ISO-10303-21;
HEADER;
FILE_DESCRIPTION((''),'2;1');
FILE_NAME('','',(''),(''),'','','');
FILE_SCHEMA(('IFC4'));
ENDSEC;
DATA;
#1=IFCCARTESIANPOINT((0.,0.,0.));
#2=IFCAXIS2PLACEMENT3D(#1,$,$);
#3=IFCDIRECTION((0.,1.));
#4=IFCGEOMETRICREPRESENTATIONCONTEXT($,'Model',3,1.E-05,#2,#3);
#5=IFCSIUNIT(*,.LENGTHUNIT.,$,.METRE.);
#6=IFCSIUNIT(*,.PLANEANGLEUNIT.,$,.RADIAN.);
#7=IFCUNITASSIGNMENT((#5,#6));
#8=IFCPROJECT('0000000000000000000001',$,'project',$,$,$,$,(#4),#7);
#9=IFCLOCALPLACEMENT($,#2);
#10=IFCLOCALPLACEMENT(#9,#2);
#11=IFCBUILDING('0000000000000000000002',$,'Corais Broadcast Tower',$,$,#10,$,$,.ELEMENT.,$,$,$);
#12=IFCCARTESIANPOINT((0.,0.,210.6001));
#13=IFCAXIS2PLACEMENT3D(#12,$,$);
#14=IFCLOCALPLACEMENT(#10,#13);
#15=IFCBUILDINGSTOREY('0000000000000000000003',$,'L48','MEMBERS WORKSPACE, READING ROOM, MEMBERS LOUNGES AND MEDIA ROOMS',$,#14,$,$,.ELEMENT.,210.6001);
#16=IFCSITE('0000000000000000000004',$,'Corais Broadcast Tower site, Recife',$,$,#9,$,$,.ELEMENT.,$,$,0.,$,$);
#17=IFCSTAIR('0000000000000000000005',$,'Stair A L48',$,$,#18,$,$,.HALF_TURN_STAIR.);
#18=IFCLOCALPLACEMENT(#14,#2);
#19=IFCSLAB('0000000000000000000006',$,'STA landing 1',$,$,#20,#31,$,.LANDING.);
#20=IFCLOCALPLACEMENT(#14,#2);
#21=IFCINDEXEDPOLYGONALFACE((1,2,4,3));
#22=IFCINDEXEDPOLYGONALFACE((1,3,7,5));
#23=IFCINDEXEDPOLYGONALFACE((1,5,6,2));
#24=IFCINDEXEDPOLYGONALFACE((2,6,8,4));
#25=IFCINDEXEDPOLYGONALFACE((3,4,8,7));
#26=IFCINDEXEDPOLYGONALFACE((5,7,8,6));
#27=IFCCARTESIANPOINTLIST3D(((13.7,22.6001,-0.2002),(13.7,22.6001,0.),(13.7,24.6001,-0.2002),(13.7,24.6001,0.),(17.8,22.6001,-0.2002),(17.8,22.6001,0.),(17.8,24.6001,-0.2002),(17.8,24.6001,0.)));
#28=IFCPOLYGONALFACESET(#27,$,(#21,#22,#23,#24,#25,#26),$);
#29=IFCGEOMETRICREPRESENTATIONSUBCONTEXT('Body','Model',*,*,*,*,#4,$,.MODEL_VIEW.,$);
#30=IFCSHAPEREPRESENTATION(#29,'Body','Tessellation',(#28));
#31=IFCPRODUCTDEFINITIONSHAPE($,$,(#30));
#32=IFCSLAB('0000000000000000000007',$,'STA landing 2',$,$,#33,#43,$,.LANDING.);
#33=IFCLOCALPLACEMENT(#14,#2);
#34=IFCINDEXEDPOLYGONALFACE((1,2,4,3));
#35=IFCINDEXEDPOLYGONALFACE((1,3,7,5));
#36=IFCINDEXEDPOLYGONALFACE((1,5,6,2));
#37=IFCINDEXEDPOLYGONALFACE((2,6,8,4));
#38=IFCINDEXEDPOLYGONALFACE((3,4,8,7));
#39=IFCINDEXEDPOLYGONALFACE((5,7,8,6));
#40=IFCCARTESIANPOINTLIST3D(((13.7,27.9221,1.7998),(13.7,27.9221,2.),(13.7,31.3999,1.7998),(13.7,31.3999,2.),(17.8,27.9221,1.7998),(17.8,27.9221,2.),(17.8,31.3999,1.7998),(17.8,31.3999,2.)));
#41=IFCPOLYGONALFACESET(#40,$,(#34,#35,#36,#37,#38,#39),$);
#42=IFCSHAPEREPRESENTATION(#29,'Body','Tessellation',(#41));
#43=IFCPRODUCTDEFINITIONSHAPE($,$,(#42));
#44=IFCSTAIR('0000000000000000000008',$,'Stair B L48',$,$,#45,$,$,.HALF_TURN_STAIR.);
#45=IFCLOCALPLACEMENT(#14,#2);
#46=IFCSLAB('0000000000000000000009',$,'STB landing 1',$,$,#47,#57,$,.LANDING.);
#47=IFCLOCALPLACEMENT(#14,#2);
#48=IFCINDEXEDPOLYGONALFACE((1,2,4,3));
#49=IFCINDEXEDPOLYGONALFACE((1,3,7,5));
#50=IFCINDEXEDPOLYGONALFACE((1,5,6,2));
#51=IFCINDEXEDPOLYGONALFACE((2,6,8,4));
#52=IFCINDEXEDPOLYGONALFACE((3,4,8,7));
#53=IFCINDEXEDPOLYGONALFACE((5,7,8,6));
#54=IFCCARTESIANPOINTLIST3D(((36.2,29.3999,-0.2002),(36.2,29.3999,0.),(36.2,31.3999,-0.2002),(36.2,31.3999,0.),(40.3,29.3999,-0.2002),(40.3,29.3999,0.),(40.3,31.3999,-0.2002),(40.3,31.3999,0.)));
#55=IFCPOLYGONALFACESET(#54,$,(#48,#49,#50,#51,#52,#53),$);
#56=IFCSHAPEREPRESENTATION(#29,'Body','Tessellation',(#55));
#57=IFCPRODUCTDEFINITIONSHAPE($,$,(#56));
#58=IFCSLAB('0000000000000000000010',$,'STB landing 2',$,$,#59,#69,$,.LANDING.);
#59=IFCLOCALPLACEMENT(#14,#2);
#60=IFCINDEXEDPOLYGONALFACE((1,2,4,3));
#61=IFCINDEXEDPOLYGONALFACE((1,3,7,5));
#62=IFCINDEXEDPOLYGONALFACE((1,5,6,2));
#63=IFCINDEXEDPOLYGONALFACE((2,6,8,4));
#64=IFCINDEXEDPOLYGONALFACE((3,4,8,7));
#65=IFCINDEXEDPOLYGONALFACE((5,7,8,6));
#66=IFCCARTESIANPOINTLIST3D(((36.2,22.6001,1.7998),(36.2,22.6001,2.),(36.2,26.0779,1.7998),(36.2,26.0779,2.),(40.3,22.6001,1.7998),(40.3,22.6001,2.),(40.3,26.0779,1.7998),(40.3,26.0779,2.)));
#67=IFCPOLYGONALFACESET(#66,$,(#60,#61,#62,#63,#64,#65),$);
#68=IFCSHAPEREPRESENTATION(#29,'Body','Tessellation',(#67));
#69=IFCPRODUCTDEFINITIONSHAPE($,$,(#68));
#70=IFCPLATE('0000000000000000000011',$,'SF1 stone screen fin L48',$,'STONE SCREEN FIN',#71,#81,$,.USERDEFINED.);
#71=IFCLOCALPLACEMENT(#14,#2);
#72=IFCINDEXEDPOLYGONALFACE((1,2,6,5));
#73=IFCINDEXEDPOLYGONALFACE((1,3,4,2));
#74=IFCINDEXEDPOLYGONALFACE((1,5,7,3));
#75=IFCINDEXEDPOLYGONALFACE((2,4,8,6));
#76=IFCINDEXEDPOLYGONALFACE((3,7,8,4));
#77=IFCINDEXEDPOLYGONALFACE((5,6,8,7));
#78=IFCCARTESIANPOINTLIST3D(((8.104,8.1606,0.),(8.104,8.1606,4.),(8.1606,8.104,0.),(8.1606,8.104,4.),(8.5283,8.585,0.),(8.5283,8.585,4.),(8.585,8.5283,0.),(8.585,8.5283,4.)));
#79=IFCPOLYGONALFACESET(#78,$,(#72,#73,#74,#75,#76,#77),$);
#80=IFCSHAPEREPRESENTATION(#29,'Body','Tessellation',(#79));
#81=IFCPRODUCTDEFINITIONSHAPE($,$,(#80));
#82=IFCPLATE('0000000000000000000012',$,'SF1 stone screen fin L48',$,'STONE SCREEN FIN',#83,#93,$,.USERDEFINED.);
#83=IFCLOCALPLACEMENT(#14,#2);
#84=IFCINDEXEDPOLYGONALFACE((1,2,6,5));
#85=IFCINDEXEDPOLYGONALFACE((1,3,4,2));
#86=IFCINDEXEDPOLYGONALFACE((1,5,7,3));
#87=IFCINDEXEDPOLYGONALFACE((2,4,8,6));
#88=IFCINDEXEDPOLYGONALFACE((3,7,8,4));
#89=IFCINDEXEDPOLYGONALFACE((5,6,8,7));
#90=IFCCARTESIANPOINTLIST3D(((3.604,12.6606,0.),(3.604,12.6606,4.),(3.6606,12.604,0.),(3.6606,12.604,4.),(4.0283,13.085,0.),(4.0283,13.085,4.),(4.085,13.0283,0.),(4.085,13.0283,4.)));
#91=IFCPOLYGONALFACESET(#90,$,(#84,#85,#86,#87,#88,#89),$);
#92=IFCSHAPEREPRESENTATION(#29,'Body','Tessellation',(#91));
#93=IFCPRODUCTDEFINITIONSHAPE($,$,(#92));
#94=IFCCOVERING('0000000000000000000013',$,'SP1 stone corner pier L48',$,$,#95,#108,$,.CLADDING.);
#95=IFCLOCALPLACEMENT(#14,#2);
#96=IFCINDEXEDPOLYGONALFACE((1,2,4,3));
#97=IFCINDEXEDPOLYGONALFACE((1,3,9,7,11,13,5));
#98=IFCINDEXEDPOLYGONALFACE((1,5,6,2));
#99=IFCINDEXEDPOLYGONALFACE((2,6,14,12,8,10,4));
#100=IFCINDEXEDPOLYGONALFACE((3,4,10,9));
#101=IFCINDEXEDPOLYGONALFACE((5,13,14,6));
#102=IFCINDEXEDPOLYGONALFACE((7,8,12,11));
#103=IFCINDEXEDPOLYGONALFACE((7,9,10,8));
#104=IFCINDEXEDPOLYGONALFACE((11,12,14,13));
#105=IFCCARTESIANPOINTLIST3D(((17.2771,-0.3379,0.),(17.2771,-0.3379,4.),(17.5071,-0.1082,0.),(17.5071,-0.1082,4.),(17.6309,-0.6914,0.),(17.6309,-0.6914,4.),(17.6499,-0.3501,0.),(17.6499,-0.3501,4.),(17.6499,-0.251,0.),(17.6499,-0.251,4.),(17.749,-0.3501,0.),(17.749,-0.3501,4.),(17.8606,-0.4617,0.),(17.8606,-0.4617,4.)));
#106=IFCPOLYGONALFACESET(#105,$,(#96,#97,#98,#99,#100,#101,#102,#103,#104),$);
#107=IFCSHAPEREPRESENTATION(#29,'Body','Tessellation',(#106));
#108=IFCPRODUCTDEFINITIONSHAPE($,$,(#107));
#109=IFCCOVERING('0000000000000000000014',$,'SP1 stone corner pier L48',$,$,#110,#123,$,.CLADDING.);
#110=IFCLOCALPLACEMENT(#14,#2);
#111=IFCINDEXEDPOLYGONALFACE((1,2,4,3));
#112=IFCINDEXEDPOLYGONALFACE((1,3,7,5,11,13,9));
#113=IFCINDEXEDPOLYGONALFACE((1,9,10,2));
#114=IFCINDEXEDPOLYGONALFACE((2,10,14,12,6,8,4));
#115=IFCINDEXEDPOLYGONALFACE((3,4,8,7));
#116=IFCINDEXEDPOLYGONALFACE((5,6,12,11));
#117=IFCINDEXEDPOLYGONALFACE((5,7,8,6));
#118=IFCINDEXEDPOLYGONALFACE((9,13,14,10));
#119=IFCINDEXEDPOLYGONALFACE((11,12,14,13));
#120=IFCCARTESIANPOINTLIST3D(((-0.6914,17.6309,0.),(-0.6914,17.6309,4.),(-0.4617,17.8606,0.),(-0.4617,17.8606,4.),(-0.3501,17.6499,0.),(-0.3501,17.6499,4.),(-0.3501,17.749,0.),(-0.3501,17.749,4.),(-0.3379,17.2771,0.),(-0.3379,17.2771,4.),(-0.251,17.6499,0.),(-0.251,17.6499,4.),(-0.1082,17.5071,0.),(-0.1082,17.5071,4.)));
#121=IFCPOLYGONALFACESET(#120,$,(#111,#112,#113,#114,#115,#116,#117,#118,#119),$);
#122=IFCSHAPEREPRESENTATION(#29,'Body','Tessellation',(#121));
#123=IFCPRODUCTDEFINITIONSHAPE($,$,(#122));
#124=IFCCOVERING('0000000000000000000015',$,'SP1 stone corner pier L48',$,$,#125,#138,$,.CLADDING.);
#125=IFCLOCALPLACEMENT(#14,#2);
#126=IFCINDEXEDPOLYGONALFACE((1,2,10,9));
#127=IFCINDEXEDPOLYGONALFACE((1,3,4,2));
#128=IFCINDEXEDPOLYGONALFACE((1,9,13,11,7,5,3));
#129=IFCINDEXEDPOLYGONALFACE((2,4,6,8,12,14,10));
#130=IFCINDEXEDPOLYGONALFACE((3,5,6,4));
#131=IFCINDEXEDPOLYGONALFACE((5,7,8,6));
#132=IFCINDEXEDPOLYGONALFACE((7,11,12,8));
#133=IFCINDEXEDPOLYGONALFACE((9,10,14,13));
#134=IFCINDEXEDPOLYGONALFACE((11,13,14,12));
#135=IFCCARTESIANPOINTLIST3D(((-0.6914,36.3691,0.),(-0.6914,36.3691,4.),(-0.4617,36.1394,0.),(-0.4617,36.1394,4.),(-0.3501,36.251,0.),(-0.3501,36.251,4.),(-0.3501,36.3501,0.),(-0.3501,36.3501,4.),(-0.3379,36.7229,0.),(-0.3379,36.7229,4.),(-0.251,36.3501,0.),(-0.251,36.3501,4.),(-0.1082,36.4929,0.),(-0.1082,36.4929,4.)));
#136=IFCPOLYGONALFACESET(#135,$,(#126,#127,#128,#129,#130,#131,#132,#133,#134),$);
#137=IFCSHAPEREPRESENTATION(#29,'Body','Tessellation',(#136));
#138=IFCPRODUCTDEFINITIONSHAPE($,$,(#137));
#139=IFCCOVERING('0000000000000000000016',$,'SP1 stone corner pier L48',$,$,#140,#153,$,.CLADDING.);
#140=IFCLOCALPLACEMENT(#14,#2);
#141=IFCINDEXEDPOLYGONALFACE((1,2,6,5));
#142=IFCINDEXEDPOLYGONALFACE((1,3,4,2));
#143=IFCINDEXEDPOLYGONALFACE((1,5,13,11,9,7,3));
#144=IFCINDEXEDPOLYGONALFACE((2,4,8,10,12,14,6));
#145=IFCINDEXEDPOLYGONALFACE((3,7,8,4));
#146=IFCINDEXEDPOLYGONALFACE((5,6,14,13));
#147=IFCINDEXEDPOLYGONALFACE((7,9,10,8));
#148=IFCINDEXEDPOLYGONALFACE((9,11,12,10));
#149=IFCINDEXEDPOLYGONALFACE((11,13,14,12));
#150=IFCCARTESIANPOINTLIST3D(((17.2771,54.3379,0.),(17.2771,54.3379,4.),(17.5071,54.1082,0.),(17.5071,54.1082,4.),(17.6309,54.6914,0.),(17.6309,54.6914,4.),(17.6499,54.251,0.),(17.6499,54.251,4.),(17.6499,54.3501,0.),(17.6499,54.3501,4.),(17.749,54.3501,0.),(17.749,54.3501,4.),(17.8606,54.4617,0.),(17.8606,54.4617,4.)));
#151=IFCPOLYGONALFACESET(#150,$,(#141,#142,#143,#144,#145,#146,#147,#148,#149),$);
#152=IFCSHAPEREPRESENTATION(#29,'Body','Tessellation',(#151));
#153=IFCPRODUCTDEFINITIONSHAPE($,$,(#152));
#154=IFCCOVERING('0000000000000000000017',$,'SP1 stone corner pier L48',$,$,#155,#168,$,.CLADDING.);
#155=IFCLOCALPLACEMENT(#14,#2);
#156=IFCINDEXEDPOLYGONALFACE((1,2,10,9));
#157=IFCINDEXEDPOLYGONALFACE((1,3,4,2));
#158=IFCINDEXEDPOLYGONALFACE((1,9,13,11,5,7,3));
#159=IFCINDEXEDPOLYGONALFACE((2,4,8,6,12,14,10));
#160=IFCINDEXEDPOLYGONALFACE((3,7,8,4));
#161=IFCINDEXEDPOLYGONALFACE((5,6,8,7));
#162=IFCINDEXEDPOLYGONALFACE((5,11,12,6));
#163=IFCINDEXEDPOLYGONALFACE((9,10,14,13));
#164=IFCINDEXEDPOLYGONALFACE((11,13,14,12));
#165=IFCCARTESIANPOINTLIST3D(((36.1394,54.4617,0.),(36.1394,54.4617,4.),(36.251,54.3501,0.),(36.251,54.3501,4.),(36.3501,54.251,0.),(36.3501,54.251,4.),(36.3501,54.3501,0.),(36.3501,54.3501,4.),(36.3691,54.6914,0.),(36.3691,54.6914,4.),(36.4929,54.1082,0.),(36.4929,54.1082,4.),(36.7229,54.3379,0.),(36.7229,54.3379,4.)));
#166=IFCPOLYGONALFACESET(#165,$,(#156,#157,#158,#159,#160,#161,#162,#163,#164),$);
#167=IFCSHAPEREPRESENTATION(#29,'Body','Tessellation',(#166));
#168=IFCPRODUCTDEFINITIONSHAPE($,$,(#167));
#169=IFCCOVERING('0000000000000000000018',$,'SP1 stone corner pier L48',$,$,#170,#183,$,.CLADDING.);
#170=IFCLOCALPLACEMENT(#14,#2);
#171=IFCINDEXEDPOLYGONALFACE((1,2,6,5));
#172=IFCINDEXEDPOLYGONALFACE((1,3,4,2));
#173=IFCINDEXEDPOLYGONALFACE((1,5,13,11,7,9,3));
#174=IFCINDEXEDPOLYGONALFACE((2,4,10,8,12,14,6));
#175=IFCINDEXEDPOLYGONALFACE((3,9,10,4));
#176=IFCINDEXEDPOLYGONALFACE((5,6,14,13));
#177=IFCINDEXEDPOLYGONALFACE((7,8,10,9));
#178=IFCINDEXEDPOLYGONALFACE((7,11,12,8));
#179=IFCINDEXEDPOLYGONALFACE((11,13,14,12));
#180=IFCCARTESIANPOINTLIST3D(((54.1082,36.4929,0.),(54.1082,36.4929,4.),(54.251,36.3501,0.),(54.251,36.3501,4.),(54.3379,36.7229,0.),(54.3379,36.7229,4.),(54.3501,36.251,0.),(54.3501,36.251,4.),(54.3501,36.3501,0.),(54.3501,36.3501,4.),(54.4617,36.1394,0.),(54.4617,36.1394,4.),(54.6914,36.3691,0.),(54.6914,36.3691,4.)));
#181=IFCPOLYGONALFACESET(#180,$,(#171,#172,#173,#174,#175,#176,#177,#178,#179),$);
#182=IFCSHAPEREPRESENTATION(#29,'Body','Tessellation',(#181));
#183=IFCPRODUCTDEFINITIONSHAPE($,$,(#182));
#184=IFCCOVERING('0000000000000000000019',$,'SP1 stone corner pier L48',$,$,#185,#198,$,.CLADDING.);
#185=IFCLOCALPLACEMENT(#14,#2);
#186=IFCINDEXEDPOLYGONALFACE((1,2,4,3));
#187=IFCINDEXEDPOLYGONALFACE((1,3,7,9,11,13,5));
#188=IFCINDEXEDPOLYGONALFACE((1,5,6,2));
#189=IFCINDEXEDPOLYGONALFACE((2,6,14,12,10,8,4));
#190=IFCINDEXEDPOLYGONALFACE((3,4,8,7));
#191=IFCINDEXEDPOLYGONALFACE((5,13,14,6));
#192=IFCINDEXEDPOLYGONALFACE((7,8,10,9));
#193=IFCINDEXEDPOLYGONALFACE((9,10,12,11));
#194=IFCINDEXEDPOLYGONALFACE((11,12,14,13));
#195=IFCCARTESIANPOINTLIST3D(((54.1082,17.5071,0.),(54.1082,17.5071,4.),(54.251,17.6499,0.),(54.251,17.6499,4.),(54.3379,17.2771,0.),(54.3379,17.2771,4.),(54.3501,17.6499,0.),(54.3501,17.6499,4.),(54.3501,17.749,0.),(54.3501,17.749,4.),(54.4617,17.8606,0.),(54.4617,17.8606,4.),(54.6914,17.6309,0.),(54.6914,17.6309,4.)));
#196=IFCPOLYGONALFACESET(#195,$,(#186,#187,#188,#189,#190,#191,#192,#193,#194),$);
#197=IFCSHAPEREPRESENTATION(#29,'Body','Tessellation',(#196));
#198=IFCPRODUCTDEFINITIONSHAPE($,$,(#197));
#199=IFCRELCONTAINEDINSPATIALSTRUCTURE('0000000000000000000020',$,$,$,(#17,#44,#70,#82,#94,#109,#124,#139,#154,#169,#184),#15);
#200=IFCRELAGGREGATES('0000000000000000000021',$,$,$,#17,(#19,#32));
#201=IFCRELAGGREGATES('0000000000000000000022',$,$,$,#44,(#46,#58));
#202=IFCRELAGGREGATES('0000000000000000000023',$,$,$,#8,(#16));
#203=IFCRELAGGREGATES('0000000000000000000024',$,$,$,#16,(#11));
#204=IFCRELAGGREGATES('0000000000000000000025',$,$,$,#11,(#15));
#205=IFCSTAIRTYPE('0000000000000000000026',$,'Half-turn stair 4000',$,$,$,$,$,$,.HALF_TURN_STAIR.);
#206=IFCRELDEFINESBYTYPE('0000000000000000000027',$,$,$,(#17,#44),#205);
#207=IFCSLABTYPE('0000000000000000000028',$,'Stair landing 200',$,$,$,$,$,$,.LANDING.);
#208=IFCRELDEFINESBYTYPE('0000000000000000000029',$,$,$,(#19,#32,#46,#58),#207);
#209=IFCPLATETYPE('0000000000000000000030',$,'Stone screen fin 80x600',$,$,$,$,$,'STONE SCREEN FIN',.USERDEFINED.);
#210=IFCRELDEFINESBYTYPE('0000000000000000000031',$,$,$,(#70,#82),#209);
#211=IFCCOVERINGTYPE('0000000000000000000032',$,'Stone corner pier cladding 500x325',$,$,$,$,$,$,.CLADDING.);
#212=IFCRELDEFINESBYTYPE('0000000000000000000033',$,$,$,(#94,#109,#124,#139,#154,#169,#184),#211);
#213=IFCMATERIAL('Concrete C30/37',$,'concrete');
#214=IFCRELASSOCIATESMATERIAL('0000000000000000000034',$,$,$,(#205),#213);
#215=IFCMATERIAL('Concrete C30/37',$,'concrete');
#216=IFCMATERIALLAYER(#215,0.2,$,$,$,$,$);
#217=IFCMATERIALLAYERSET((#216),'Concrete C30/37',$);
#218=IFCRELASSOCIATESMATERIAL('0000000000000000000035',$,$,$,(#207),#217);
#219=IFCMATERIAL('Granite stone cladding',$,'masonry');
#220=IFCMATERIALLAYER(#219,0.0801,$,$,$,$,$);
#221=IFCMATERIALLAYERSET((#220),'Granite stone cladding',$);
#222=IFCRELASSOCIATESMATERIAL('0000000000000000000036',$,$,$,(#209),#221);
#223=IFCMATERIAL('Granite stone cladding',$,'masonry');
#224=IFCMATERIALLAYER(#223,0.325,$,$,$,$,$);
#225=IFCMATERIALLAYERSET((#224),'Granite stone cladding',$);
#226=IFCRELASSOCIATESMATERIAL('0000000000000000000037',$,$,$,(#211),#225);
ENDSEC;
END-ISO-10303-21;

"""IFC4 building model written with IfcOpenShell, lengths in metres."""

from ifc_helpers import new_model, si_unit, direction, frame, origin, origin_2d, place, context, subcontext, project, spatial, polyline, rectangle, outline, extrude, material, layer, layer_set, type_object, element, aggregate, save


model = new_model("IFC4")

# Units and contexts
model_context = context("Model", 3, precision=1e-05, world=origin(), true_north=direction((0.0, 1.0)))
body_context = subcontext(model_context, "Body", "Model", "MODEL_VIEW")
ifc_project = project(units=[si_unit("LENGTHUNIT", "METRE"), si_unit("PLANEANGLEUNIT", "RADIAN")], contexts=[model_context])

# Site, building, storey
site_placement = place(None, origin())
site = spatial("IfcSite", under=ifc_project, at=site_placement, Name="Corais Broadcast Tower site, Recife", CompositionType="ELEMENT", RefElevation=0.0)
building_placement = place(site_placement, origin())
building = spatial("IfcBuilding", under=site, at=building_placement, Name="Corais Broadcast Tower", CompositionType="ELEMENT")
storey_placement = place(building_placement, frame((0.0, 0.0, 210.6001)))
storey = spatial("IfcBuildingStorey", under=building, at=storey_placement, Name="L48", Description="MEMBERS WORKSPACE, READING ROOM, MEMBERS LOUNGES AND MEDIA ROOMS", CompositionType="ELEMENT", Elevation=210.6001)

# Stairs, slabs
ifc_material_1 = material(Name="Concrete C30/37", Category="concrete")
stair_type = type_object("IfcStairType", Name="Half-turn stair 4000", PredefinedType="HALF_TURN_STAIR", material=ifc_material_1)
stair_1_placement = place(storey_placement, origin())
stair_1 = element("IfcStair", 1, at=stair_1_placement, inside=storey, type_object=stair_type, Name="Stair A L48", PredefinedType="HALF_TURN_STAIR")
ifc_material_2 = material(Name="Concrete C30/37", Category="concrete")
ifc_layer_1 = layer(ifc_material_2, 0.2)
ifc_layer_set_1 = layer_set([ifc_layer_1], Name="Concrete C30/37")
slab_type_1 = type_object("IfcSlabType", Name="Stair landing 200", PredefinedType="LANDING", material=ifc_layer_set_1)
slab_1_placement = place(storey_placement, frame((0.0, 0.0, -0.2002)))
slab_1 = element("IfcSlab", 2, at=slab_1_placement, type_object=slab_type_1, Name="STA landing 1", PredefinedType="LANDING", context=body_context, shape_type="SweptSolid", body=[
    extrude(outline(polyline([(13.7, 22.6001), (17.8, 22.6001), (17.8, 24.6001), (13.7, 24.6001), (13.7, 22.6001)])), origin(), (0.0, 0.0, 1.0), 0.2002),
])
slab_2_placement = place(storey_placement, frame((0.0, 0.0, 1.7998)))
slab_2 = element("IfcSlab", 3, at=slab_2_placement, type_object=slab_type_1, Name="STA landing 2", PredefinedType="LANDING", context=body_context, shape_type="SweptSolid", body=[
    extrude(outline(polyline([(13.7, 27.9221), (17.8, 27.9221), (17.8, 31.3999), (13.7, 31.3999), (13.7, 27.9221)])), origin(), (0.0, 0.0, 1.0), 0.2002),
])
aggregate(stair_1, [slab_1, slab_2])
stair_2_placement = place(storey_placement, origin())
stair_2 = element("IfcStair", 4, at=stair_2_placement, inside=storey, type_object=stair_type, Name="Stair B L48", PredefinedType="HALF_TURN_STAIR")
slab_3_placement = place(storey_placement, frame((0.0, 0.0, -0.2002)))
slab_3 = element("IfcSlab", 5, at=slab_3_placement, type_object=slab_type_1, Name="STB landing 1", PredefinedType="LANDING", context=body_context, shape_type="SweptSolid", body=[
    extrude(outline(polyline([(36.2, 29.3999), (40.3, 29.3999), (40.3, 31.3999), (36.2, 31.3999), (36.2, 29.3999)])), origin(), (0.0, 0.0, 1.0), 0.2002),
])
slab_4_placement = place(storey_placement, frame((0.0, 0.0, 1.7998)))
slab_4 = element("IfcSlab", 6, at=slab_4_placement, type_object=slab_type_1, Name="STB landing 2", PredefinedType="LANDING", context=body_context, shape_type="SweptSolid", body=[
    extrude(outline(polyline([(36.2, 22.6001), (40.3, 22.6001), (40.3, 26.0779), (36.2, 26.0779), (36.2, 22.6001)])), origin(), (0.0, 0.0, 1.0), 0.2002),
])
aggregate(stair_2, [slab_3, slab_4])

# Plates
ifc_material_3 = material(Name="Granite stone cladding", Category="masonry")
ifc_layer_2 = layer(ifc_material_3, 0.0801)
ifc_layer_set_2 = layer_set([ifc_layer_2], Name="Granite stone cladding")
plate_type_1 = type_object("IfcPlateType", Name="Stone screen fin 80x600", ElementType="STONE SCREEN FIN", PredefinedType="USERDEFINED", material=ifc_layer_set_2)
for number, where, z_axis, x_axis, name in (
    (7, (8.3445, 8.3445, 0.0), (0.0, 0.0, 1.0), (-0.707107, 0.707107, 0.0), "SF1 stone screen fin L48"),
    (8, (3.8445, 12.8445, 0.0), (0.0, 0.0, 1.0), (-0.707107, 0.707107, 0.0), "SF1 stone screen fin L48"),
):
    element("IfcPlate", number, at=place(storey_placement, frame(where, z_axis=z_axis, x_axis=x_axis)), inside=storey, type_object=plate_type_1, Name=name, ObjectType="STONE SCREEN FIN", PredefinedType="USERDEFINED", context=body_context, shape_type="SweptSolid", body=[
        extrude(rectangle(XDim=0.0801, YDim=0.6001, at=origin_2d()), origin(), (0.0, 0.0, 1.0), 4.0),
    ])

# Coverings
ifc_material_4 = material(Name="Granite stone cladding", Category="masonry")
ifc_layer_3 = layer(ifc_material_4, 0.325)
ifc_layer_set_3 = layer_set([ifc_layer_3], Name="Granite stone cladding")
covering_type_1 = type_object("IfcCoveringType", Name="Stone corner pier cladding 500x325", PredefinedType="CLADDING", material=ifc_layer_set_3)
covering_1_placement = place(storey_placement, origin())
element("IfcCovering", 9, at=covering_1_placement, inside=storey, type_object=covering_type_1, Name="SP1 stone corner pier L48", PredefinedType="CLADDING", context=body_context, shape_type="SweptSolid", body=[
    extrude(outline(polyline([(17.8606, -0.4617), (17.749, -0.3501), (17.6499, -0.3501), (17.6499, -0.251), (17.5071, -0.1082), (17.2771, -0.3379), (17.6309, -0.6914), (17.8606, -0.4617)])), origin(), (0.0, 0.0, 1.0), 4.0),
])
covering_2_placement = place(storey_placement, origin())
element("IfcCovering", 10, at=covering_2_placement, inside=storey, type_object=covering_type_1, Name="SP1 stone corner pier L48", PredefinedType="CLADDING", context=body_context, shape_type="SweptSolid", body=[
    extrude(outline(polyline([(-0.3501, 17.749), (-0.4617, 17.8606), (-0.6914, 17.6309), (-0.3379, 17.2771), (-0.1082, 17.5071), (-0.251, 17.6499), (-0.3501, 17.6499), (-0.3501, 17.749)])), origin(), (0.0, 0.0, 1.0), 4.0),
])
covering_3_placement = place(storey_placement, origin())
element("IfcCovering", 11, at=covering_3_placement, inside=storey, type_object=covering_type_1, Name="SP1 stone corner pier L48", PredefinedType="CLADDING", context=body_context, shape_type="SweptSolid", body=[
    extrude(outline(polyline([(-0.4617, 36.1394), (-0.3501, 36.251), (-0.3501, 36.3501), (-0.251, 36.3501), (-0.1082, 36.4929), (-0.3379, 36.7229), (-0.6914, 36.3691), (-0.4617, 36.1394)])), origin(), (0.0, 0.0, 1.0), 4.0),
])
covering_4_placement = place(storey_placement, origin())
element("IfcCovering", 12, at=covering_4_placement, inside=storey, type_object=covering_type_1, Name="SP1 stone corner pier L48", PredefinedType="CLADDING", context=body_context, shape_type="SweptSolid", body=[
    extrude(outline(polyline([(17.749, 54.3501), (17.8606, 54.4617), (17.6309, 54.6914), (17.2771, 54.3379), (17.5071, 54.1082), (17.6499, 54.251), (17.6499, 54.3501), (17.749, 54.3501)])), origin(), (0.0, 0.0, 1.0), 4.0),
])
covering_5_placement = place(storey_placement, origin())
element("IfcCovering", 13, at=covering_5_placement, inside=storey, type_object=covering_type_1, Name="SP1 stone corner pier L48", PredefinedType="CLADDING", context=body_context, shape_type="SweptSolid", body=[
    extrude(outline(polyline([(36.1394, 54.4617), (36.251, 54.3501), (36.3501, 54.3501), (36.3501, 54.251), (36.4929, 54.1082), (36.7229, 54.3379), (36.3691, 54.6914), (36.1394, 54.4617)])), origin(), (0.0, 0.0, 1.0), 4.0),
])
covering_6_placement = place(storey_placement, origin())
element("IfcCovering", 14, at=covering_6_placement, inside=storey, type_object=covering_type_1, Name="SP1 stone corner pier L48", PredefinedType="CLADDING", context=body_context, shape_type="SweptSolid", body=[
    extrude(outline(polyline([(54.3501, 36.251), (54.4617, 36.1394), (54.6914, 36.3691), (54.3379, 36.7229), (54.1082, 36.4929), (54.251, 36.3501), (54.3501, 36.3501), (54.3501, 36.251)])), origin(), (0.0, 0.0, 1.0), 4.0),
])
covering_7_placement = place(storey_placement, origin())
element("IfcCovering", 15, at=covering_7_placement, inside=storey, type_object=covering_type_1, Name="SP1 stone corner pier L48", PredefinedType="CLADDING", context=body_context, shape_type="SweptSolid", body=[
    extrude(outline(polyline([(54.4617, 17.8606), (54.3501, 17.749), (54.3501, 17.6499), (54.251, 17.6499), (54.1082, 17.5071), (54.3379, 17.2771), (54.6914, 17.6309), (54.4617, 17.8606)])), origin(), (0.0, 0.0, 1.0), 4.0),
])

save(model, "model.ifc")
